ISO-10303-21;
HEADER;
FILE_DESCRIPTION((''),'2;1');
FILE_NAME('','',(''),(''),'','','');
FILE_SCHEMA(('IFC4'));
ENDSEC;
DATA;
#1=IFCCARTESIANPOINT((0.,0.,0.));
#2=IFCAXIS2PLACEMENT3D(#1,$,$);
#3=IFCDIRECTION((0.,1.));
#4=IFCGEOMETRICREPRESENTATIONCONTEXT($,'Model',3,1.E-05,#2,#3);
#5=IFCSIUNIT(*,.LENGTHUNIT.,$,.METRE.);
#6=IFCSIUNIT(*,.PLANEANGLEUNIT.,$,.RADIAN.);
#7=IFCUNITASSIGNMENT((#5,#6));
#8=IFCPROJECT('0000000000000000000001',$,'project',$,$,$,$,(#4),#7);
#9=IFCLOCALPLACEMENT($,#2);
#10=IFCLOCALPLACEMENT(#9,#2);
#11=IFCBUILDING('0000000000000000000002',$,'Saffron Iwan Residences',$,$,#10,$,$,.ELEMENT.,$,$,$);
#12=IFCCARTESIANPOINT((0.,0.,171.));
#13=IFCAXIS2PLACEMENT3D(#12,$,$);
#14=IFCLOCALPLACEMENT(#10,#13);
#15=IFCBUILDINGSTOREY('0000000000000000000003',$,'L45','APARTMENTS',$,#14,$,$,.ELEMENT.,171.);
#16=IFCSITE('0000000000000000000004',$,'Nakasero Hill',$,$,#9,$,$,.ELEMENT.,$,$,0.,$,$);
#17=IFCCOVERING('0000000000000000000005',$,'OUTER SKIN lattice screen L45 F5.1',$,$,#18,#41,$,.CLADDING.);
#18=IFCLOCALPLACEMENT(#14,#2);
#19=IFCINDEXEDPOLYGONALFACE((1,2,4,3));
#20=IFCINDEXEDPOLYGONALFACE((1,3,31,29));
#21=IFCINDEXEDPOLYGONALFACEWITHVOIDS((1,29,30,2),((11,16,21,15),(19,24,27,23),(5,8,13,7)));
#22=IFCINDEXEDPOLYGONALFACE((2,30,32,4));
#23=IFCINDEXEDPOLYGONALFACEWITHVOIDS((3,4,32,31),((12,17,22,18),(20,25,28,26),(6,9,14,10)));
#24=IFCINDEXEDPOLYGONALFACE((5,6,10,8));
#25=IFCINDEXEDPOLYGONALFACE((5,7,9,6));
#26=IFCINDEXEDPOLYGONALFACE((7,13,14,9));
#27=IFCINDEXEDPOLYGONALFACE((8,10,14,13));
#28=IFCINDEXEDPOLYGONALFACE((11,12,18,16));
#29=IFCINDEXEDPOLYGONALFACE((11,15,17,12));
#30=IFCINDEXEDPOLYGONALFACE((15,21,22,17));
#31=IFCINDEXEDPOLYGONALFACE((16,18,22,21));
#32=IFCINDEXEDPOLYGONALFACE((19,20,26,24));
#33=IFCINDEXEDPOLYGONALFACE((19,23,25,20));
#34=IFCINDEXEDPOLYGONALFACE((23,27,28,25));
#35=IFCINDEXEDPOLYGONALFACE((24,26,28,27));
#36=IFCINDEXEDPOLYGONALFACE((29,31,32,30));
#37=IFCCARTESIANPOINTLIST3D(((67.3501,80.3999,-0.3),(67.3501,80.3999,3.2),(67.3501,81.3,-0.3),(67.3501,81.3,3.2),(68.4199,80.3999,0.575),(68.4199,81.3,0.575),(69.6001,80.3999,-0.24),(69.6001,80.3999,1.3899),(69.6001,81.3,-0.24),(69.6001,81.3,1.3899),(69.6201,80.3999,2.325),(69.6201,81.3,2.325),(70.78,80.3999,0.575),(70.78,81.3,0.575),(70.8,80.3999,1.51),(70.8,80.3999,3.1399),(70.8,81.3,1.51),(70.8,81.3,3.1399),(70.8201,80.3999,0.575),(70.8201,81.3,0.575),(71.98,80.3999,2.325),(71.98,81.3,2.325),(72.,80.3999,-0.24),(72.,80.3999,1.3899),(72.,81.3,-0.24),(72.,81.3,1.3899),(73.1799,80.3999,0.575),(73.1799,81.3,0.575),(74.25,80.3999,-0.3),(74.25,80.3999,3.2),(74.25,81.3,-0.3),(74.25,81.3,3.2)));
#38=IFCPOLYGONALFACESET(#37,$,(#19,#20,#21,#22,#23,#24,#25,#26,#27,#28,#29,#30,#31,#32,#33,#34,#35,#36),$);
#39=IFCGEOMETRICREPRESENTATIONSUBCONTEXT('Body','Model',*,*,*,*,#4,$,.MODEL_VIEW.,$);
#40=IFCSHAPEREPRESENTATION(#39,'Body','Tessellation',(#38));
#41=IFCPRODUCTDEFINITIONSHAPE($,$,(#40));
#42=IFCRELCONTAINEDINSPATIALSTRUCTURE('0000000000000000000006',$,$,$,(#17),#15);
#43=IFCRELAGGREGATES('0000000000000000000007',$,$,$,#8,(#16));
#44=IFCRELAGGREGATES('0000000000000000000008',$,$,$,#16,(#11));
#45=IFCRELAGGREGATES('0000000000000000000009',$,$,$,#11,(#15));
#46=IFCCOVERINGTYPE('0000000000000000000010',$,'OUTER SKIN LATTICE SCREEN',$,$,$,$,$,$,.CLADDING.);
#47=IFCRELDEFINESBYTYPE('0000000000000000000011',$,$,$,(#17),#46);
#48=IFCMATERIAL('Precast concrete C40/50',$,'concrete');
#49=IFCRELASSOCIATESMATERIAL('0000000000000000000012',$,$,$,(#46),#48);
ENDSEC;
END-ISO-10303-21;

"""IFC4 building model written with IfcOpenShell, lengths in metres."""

from ifc_helpers import new_model, si_unit, direction, frame, origin, place, context, subcontext, project, spatial, polyline, outline, extrude, material, type_object, element, save


model = new_model("IFC4")

# Units and contexts
model_context = context("Model", 3, precision=1e-05, world=origin(), true_north=direction((0.0, 1.0)))
body_context = subcontext(model_context, "Body", "Model", "MODEL_VIEW")
ifc_project = project(units=[si_unit("LENGTHUNIT", "METRE"), si_unit("PLANEANGLEUNIT", "RADIAN")], contexts=[model_context])

# Site, building, storey
site_placement = place(None, origin())
site = spatial("IfcSite", under=ifc_project, at=site_placement, Name="Nakasero Hill", CompositionType="ELEMENT", RefElevation=0.0)
building_placement = place(site_placement, origin())
building = spatial("IfcBuilding", under=site, at=building_placement, Name="Saffron Iwan Residences", CompositionType="ELEMENT")
storey_placement = place(building_placement, frame((0.0, 0.0, 171.0)))
storey = spatial("IfcBuildingStorey", under=building, at=storey_placement, Name="L45", Description="APARTMENTS", CompositionType="ELEMENT", Elevation=171.0)

# Covering
ifc_material_1 = material(Name="Precast concrete C40/50", Category="concrete")
covering_type = type_object("IfcCoveringType", Name="OUTER SKIN LATTICE SCREEN", PredefinedType="CLADDING", material=ifc_material_1)
covering_placement = place(storey_placement, frame((74.25, 80.3999, -0.3), z_axis=(0.0, 1.0, 0.0), x_axis=(-1.0, 0.0, 0.0)))
element("IfcCovering", 1, at=covering_placement, inside=storey, type_object=covering_type, Name="OUTER SKIN lattice screen L45 F5.1", PredefinedType="CLADDING", context=body_context, shape_type="SweptSolid", body=[
    extrude(outline(polyline([(0.0, 0.0), (6.8999, 0.0), (6.8999, 3.5), (0.0, 3.5), (0.0, 0.0)]), holes=[polyline([(1.0701, 0.875), (2.25, 0.0601), (3.4299, 0.875), (2.25, 1.6899), (1.0701, 0.875)]), polyline([(3.47, 0.875), (4.6499, 0.0601), (5.8301, 0.875), (4.6499, 1.6899), (3.47, 0.875)]), polyline([(2.27, 2.625), (3.45, 1.8101), (4.6299, 2.625), (3.45, 3.4399), (2.27, 2.625)])]), origin(), (0.0, 0.0, 1.0), 0.9001),
])

save(model, "model.ifc")
